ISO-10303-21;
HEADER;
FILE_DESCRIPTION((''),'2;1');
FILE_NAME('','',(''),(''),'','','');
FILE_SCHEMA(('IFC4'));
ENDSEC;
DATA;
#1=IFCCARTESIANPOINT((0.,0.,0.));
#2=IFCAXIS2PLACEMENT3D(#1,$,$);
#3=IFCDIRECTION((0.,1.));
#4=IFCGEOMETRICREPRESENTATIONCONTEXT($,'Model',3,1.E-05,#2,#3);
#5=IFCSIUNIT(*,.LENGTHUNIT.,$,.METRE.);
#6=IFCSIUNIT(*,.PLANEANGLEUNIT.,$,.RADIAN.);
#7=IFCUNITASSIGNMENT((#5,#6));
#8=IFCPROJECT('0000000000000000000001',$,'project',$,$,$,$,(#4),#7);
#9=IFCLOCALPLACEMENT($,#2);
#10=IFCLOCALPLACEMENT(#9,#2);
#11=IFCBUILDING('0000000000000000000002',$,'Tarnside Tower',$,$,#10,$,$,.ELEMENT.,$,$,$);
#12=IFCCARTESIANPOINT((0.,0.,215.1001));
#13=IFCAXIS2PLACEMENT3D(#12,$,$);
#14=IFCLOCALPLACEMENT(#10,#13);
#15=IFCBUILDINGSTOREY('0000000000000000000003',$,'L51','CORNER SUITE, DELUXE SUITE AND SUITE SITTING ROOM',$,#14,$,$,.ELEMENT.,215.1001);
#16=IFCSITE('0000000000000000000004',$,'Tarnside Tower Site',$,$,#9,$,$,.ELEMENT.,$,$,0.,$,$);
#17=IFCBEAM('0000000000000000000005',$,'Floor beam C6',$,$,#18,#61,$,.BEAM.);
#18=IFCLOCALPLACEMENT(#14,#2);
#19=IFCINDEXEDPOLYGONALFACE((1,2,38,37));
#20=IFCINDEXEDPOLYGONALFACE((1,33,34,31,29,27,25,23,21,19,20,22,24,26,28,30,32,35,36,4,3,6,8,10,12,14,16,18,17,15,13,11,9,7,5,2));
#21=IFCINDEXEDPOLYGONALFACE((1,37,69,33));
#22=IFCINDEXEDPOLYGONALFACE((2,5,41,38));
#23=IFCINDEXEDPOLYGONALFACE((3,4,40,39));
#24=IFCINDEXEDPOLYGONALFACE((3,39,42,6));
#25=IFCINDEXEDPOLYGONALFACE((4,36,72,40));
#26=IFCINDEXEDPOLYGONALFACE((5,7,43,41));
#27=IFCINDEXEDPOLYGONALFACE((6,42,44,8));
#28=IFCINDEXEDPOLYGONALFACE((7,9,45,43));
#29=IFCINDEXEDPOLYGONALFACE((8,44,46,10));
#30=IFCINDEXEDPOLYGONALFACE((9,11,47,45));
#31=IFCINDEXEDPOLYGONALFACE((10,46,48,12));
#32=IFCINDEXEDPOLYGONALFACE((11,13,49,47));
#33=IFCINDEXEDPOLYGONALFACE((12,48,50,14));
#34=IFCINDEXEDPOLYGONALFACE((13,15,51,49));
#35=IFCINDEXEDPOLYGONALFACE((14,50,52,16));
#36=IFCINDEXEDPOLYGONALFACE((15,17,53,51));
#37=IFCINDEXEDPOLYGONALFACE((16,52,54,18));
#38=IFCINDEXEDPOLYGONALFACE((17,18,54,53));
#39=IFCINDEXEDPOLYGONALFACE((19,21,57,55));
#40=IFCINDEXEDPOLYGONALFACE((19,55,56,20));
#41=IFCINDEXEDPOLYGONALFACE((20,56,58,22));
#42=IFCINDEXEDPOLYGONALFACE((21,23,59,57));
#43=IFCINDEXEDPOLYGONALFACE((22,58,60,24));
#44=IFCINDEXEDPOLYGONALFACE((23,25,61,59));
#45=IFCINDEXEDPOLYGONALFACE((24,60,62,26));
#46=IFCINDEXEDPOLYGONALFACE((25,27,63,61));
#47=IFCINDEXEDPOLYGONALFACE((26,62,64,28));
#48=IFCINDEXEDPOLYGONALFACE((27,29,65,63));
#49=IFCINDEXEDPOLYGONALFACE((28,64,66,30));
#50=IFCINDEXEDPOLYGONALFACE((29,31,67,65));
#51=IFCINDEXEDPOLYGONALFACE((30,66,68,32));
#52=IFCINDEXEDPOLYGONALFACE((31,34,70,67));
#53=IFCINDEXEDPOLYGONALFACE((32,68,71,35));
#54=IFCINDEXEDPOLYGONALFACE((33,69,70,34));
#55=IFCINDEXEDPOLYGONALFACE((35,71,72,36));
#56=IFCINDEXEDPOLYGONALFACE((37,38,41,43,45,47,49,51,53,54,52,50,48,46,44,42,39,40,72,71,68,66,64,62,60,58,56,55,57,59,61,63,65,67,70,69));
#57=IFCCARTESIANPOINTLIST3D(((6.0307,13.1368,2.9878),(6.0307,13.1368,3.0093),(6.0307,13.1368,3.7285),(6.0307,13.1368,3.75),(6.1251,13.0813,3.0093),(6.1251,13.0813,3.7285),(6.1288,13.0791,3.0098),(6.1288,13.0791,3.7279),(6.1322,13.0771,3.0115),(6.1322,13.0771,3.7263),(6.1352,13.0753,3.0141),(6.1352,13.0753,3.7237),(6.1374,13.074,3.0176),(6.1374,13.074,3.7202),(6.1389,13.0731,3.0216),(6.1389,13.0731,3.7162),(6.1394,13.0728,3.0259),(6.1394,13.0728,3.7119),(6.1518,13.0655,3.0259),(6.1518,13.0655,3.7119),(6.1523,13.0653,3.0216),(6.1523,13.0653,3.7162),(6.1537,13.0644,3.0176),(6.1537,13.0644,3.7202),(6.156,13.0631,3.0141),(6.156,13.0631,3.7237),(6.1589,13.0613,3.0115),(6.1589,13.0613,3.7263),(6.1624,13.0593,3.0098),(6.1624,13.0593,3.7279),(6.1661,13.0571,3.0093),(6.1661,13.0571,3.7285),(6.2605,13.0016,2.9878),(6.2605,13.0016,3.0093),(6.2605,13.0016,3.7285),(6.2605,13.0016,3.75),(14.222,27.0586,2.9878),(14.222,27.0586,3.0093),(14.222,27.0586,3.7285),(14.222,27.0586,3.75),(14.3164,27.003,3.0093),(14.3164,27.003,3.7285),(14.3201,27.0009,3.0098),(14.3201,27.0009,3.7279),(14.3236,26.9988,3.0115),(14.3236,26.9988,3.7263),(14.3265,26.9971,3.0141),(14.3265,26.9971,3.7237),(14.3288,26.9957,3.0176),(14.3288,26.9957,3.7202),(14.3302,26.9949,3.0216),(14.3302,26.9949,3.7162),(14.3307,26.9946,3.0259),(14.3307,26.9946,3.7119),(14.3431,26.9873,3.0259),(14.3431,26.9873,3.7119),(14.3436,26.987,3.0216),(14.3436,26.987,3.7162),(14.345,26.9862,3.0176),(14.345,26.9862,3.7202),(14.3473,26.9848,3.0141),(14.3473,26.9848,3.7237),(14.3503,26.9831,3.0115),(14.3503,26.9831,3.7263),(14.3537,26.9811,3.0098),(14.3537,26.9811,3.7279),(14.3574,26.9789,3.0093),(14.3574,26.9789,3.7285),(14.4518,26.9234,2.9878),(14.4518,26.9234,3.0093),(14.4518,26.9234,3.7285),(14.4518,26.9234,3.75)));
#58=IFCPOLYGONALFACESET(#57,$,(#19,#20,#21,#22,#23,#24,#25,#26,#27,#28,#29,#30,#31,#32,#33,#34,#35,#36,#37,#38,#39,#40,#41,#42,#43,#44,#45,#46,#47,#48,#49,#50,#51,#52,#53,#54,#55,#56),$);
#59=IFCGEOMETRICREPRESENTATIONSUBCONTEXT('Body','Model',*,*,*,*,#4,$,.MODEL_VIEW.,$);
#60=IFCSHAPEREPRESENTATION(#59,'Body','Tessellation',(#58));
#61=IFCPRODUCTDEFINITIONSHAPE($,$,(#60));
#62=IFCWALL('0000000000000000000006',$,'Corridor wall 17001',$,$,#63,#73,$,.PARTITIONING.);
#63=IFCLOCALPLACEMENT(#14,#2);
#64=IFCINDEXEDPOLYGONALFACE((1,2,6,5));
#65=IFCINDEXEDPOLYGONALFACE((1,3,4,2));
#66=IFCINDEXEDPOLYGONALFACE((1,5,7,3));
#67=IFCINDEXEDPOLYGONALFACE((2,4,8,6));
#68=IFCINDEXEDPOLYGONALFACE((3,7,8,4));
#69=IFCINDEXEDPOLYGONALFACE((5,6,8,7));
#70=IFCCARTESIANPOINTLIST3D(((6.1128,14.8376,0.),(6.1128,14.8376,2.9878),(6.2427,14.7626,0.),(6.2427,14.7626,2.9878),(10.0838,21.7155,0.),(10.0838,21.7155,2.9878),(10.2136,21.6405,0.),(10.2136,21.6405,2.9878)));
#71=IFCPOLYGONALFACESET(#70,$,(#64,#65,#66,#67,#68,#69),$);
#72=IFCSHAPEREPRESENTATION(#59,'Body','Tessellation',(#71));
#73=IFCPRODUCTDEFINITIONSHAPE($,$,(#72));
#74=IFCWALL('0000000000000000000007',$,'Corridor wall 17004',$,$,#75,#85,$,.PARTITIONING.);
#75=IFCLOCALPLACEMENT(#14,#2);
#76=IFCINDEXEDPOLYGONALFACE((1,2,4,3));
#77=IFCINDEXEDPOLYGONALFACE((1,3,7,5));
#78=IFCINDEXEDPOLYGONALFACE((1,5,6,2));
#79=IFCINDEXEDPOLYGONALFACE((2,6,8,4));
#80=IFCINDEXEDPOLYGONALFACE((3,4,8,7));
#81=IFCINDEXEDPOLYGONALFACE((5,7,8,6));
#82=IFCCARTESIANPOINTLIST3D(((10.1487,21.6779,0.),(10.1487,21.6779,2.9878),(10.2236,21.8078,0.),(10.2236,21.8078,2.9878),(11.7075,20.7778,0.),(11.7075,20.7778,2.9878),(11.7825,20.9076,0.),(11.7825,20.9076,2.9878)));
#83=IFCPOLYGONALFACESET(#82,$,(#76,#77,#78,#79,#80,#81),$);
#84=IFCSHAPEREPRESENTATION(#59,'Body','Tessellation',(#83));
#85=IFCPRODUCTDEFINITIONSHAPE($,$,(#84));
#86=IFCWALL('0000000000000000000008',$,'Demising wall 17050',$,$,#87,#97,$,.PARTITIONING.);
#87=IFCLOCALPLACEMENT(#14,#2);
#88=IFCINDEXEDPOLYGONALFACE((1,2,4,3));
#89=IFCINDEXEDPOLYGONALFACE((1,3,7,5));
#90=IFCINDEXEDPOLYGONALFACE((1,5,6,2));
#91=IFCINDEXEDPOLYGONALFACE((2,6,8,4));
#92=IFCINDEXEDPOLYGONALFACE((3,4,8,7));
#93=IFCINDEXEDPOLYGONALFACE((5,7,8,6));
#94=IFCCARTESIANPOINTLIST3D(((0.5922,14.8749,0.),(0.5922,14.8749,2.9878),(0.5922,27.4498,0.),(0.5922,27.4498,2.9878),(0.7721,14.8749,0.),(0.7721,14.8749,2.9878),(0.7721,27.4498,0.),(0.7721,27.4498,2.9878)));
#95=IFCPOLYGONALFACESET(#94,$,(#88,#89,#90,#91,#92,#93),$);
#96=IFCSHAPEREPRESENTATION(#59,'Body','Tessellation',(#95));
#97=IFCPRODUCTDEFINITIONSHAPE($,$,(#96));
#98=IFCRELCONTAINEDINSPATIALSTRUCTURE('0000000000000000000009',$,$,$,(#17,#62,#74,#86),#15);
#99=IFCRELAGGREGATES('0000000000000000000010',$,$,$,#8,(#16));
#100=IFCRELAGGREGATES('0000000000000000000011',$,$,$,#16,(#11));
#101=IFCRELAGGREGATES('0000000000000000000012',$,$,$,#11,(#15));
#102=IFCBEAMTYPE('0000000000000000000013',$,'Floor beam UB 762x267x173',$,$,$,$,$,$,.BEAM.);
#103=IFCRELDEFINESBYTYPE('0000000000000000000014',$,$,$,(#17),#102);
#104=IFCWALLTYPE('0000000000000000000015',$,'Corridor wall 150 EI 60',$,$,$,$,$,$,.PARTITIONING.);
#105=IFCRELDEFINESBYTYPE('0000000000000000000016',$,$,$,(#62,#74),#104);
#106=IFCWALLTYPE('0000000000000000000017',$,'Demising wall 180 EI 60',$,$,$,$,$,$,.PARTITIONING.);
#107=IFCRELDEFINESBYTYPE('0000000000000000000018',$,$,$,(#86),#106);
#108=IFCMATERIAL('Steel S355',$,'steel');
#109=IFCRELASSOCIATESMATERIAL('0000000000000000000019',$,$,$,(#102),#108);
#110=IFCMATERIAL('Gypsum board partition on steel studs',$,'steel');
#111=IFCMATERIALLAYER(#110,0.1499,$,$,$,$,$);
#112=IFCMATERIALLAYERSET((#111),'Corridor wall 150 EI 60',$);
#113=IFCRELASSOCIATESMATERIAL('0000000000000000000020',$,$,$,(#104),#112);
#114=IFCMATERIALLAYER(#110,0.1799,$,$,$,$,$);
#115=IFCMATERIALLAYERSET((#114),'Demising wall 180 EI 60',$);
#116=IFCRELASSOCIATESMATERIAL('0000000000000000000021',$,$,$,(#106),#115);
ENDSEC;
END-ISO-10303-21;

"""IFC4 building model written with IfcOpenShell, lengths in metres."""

from ifc_helpers import new_model, si_unit, direction, frame, frame_2d, origin, origin_2d, place, context, subcontext, project, spatial, rectangle, i_section, extrude, material, layer, layer_set, material_profile, profile_set, type_object, element, save


model = new_model("IFC4")

# Units and contexts
model_context = context("Model", 3, precision=1e-05, world=origin(), true_north=direction((0.0, 1.0)))
body_context = subcontext(model_context, "Body", "Model", "MODEL_VIEW")
ifc_project = project(units=[si_unit("LENGTHUNIT", "METRE"), si_unit("PLANEANGLEUNIT", "RADIAN")], contexts=[model_context])

# Site, building, storey
site_placement = place(None, origin())
site = spatial("IfcSite", under=ifc_project, at=site_placement, Name="Tarnside Tower Site", CompositionType="ELEMENT", RefElevation=0.0)
building_placement = place(site_placement, origin())
building = spatial("IfcBuilding", under=site, at=building_placement, Name="Tarnside Tower", CompositionType="ELEMENT")
storey_placement = place(building_placement, frame((0.0, 0.0, 215.1001)))
storey = spatial("IfcBuildingStorey", under=building, at=storey_placement, Name="L51", Description="CORNER SUITE, DELUXE SUITE AND SUITE SITTING ROOM", CompositionType="ELEMENT", Elevation=215.1001)

# Beam
ifc_material_1 = material(Name="Steel S355", Category="steel")
ifc_material_profile_1 = material_profile(ifc_material_1, i_section(OverallWidth=0.2666, OverallDepth=0.7622, WebThickness=0.0144, FlangeThickness=0.0215, FilletRadius=0.0166, at=origin_2d()), Name="UB 762x267x173")
ifc_profile_set_1 = profile_set([ifc_material_profile_1], Name="Steel S355")
beam_type_1 = type_object("IfcBeamType", Name="Floor beam UB 762x267x173", PredefinedType="BEAM", material=ifc_profile_set_1)
beam_1_placement = place(storey_placement, frame((14.3369, 26.991, 3.3689), z_axis=(-0.507115, -0.861878, 0.0), x_axis=(0.861878, -0.507115, 0.0)))
element("IfcBeam", 1, at=beam_1_placement, inside=storey, type_object=beam_type_1, Name="Floor beam C6", PredefinedType="BEAM", context=body_context, shape_type="SweptSolid", body=[
    extrude(i_section(OverallWidth=0.2666, OverallDepth=0.7622, WebThickness=0.0144, FlangeThickness=0.0215, FilletRadius=0.0166, at=origin_2d()), origin(), (0.0, 0.0, 1.0), 16.1528),
])

# Walls
ifc_material_2 = material(Name="Gypsum board partition on steel studs", Category="steel")
ifc_layer_1 = layer(ifc_material_2, 0.1499)
ifc_layer_set_1 = layer_set([ifc_layer_1], Name="Corridor wall 150 EI 60")
wall_type_1 = type_object("IfcWallType", Name="Corridor wall 150 EI 60", PredefinedType="PARTITIONING", material=ifc_layer_set_1)
wall_1_placement = place(storey_placement, frame((10.1487, 21.678, 0.0), z_axis=(0.0, 0.0, 1.0), x_axis=(-0.499997, -0.866027, 0.0)))
element("IfcWall", 2, at=wall_1_placement, inside=storey, type_object=wall_type_1, Name="Corridor wall 17001", PredefinedType="PARTITIONING", context=body_context, shape_type="SweptSolid", body=[
    extrude(rectangle(XDim=7.9419, YDim=0.1499, at=frame_2d((3.9709, 0.0))), origin(), (0.0, 0.0, 1.0), 2.9878),
])
wall_2_placement = place(storey_placement, frame((11.7449, 20.8428, 0.0), z_axis=(0.0, 0.0, 1.0), x_axis=(-0.865989, 0.500063, 0.0)))
element("IfcWall", 3, at=wall_2_placement, inside=storey, type_object=wall_type_1, Name="Corridor wall 17004", PredefinedType="PARTITIONING", context=body_context, shape_type="SweptSolid", body=[
    extrude(rectangle(XDim=1.8, YDim=0.1499, at=frame_2d((0.8999, 0.0))), origin(), (0.0, 0.0, 1.0), 2.9878),
])
ifc_layer_2 = layer(ifc_material_2, 0.1799)
ifc_layer_set_2 = layer_set([ifc_layer_2], Name="Demising wall 180 EI 60")
wall_type_2 = type_object("IfcWallType", Name="Demising wall 180 EI 60", PredefinedType="PARTITIONING", material=ifc_layer_set_2)
wall_3_placement = place(storey_placement, frame((0.6821, 27.45, 0.0), z_axis=(0.0, 0.0, 1.0), x_axis=(0.0, -1.0, 0.0)))
element("IfcWall", 4, at=wall_3_placement, inside=storey, type_object=wall_type_2, Name="Demising wall 17050", PredefinedType="PARTITIONING", context=body_context, shape_type="SweptSolid", body=[
    extrude(rectangle(XDim=12.575, YDim=0.1799, at=frame_2d((6.2876, 0.0))), origin(), (0.0, 0.0, 1.0), 2.9878),
])

save(model, "model.ifc")
